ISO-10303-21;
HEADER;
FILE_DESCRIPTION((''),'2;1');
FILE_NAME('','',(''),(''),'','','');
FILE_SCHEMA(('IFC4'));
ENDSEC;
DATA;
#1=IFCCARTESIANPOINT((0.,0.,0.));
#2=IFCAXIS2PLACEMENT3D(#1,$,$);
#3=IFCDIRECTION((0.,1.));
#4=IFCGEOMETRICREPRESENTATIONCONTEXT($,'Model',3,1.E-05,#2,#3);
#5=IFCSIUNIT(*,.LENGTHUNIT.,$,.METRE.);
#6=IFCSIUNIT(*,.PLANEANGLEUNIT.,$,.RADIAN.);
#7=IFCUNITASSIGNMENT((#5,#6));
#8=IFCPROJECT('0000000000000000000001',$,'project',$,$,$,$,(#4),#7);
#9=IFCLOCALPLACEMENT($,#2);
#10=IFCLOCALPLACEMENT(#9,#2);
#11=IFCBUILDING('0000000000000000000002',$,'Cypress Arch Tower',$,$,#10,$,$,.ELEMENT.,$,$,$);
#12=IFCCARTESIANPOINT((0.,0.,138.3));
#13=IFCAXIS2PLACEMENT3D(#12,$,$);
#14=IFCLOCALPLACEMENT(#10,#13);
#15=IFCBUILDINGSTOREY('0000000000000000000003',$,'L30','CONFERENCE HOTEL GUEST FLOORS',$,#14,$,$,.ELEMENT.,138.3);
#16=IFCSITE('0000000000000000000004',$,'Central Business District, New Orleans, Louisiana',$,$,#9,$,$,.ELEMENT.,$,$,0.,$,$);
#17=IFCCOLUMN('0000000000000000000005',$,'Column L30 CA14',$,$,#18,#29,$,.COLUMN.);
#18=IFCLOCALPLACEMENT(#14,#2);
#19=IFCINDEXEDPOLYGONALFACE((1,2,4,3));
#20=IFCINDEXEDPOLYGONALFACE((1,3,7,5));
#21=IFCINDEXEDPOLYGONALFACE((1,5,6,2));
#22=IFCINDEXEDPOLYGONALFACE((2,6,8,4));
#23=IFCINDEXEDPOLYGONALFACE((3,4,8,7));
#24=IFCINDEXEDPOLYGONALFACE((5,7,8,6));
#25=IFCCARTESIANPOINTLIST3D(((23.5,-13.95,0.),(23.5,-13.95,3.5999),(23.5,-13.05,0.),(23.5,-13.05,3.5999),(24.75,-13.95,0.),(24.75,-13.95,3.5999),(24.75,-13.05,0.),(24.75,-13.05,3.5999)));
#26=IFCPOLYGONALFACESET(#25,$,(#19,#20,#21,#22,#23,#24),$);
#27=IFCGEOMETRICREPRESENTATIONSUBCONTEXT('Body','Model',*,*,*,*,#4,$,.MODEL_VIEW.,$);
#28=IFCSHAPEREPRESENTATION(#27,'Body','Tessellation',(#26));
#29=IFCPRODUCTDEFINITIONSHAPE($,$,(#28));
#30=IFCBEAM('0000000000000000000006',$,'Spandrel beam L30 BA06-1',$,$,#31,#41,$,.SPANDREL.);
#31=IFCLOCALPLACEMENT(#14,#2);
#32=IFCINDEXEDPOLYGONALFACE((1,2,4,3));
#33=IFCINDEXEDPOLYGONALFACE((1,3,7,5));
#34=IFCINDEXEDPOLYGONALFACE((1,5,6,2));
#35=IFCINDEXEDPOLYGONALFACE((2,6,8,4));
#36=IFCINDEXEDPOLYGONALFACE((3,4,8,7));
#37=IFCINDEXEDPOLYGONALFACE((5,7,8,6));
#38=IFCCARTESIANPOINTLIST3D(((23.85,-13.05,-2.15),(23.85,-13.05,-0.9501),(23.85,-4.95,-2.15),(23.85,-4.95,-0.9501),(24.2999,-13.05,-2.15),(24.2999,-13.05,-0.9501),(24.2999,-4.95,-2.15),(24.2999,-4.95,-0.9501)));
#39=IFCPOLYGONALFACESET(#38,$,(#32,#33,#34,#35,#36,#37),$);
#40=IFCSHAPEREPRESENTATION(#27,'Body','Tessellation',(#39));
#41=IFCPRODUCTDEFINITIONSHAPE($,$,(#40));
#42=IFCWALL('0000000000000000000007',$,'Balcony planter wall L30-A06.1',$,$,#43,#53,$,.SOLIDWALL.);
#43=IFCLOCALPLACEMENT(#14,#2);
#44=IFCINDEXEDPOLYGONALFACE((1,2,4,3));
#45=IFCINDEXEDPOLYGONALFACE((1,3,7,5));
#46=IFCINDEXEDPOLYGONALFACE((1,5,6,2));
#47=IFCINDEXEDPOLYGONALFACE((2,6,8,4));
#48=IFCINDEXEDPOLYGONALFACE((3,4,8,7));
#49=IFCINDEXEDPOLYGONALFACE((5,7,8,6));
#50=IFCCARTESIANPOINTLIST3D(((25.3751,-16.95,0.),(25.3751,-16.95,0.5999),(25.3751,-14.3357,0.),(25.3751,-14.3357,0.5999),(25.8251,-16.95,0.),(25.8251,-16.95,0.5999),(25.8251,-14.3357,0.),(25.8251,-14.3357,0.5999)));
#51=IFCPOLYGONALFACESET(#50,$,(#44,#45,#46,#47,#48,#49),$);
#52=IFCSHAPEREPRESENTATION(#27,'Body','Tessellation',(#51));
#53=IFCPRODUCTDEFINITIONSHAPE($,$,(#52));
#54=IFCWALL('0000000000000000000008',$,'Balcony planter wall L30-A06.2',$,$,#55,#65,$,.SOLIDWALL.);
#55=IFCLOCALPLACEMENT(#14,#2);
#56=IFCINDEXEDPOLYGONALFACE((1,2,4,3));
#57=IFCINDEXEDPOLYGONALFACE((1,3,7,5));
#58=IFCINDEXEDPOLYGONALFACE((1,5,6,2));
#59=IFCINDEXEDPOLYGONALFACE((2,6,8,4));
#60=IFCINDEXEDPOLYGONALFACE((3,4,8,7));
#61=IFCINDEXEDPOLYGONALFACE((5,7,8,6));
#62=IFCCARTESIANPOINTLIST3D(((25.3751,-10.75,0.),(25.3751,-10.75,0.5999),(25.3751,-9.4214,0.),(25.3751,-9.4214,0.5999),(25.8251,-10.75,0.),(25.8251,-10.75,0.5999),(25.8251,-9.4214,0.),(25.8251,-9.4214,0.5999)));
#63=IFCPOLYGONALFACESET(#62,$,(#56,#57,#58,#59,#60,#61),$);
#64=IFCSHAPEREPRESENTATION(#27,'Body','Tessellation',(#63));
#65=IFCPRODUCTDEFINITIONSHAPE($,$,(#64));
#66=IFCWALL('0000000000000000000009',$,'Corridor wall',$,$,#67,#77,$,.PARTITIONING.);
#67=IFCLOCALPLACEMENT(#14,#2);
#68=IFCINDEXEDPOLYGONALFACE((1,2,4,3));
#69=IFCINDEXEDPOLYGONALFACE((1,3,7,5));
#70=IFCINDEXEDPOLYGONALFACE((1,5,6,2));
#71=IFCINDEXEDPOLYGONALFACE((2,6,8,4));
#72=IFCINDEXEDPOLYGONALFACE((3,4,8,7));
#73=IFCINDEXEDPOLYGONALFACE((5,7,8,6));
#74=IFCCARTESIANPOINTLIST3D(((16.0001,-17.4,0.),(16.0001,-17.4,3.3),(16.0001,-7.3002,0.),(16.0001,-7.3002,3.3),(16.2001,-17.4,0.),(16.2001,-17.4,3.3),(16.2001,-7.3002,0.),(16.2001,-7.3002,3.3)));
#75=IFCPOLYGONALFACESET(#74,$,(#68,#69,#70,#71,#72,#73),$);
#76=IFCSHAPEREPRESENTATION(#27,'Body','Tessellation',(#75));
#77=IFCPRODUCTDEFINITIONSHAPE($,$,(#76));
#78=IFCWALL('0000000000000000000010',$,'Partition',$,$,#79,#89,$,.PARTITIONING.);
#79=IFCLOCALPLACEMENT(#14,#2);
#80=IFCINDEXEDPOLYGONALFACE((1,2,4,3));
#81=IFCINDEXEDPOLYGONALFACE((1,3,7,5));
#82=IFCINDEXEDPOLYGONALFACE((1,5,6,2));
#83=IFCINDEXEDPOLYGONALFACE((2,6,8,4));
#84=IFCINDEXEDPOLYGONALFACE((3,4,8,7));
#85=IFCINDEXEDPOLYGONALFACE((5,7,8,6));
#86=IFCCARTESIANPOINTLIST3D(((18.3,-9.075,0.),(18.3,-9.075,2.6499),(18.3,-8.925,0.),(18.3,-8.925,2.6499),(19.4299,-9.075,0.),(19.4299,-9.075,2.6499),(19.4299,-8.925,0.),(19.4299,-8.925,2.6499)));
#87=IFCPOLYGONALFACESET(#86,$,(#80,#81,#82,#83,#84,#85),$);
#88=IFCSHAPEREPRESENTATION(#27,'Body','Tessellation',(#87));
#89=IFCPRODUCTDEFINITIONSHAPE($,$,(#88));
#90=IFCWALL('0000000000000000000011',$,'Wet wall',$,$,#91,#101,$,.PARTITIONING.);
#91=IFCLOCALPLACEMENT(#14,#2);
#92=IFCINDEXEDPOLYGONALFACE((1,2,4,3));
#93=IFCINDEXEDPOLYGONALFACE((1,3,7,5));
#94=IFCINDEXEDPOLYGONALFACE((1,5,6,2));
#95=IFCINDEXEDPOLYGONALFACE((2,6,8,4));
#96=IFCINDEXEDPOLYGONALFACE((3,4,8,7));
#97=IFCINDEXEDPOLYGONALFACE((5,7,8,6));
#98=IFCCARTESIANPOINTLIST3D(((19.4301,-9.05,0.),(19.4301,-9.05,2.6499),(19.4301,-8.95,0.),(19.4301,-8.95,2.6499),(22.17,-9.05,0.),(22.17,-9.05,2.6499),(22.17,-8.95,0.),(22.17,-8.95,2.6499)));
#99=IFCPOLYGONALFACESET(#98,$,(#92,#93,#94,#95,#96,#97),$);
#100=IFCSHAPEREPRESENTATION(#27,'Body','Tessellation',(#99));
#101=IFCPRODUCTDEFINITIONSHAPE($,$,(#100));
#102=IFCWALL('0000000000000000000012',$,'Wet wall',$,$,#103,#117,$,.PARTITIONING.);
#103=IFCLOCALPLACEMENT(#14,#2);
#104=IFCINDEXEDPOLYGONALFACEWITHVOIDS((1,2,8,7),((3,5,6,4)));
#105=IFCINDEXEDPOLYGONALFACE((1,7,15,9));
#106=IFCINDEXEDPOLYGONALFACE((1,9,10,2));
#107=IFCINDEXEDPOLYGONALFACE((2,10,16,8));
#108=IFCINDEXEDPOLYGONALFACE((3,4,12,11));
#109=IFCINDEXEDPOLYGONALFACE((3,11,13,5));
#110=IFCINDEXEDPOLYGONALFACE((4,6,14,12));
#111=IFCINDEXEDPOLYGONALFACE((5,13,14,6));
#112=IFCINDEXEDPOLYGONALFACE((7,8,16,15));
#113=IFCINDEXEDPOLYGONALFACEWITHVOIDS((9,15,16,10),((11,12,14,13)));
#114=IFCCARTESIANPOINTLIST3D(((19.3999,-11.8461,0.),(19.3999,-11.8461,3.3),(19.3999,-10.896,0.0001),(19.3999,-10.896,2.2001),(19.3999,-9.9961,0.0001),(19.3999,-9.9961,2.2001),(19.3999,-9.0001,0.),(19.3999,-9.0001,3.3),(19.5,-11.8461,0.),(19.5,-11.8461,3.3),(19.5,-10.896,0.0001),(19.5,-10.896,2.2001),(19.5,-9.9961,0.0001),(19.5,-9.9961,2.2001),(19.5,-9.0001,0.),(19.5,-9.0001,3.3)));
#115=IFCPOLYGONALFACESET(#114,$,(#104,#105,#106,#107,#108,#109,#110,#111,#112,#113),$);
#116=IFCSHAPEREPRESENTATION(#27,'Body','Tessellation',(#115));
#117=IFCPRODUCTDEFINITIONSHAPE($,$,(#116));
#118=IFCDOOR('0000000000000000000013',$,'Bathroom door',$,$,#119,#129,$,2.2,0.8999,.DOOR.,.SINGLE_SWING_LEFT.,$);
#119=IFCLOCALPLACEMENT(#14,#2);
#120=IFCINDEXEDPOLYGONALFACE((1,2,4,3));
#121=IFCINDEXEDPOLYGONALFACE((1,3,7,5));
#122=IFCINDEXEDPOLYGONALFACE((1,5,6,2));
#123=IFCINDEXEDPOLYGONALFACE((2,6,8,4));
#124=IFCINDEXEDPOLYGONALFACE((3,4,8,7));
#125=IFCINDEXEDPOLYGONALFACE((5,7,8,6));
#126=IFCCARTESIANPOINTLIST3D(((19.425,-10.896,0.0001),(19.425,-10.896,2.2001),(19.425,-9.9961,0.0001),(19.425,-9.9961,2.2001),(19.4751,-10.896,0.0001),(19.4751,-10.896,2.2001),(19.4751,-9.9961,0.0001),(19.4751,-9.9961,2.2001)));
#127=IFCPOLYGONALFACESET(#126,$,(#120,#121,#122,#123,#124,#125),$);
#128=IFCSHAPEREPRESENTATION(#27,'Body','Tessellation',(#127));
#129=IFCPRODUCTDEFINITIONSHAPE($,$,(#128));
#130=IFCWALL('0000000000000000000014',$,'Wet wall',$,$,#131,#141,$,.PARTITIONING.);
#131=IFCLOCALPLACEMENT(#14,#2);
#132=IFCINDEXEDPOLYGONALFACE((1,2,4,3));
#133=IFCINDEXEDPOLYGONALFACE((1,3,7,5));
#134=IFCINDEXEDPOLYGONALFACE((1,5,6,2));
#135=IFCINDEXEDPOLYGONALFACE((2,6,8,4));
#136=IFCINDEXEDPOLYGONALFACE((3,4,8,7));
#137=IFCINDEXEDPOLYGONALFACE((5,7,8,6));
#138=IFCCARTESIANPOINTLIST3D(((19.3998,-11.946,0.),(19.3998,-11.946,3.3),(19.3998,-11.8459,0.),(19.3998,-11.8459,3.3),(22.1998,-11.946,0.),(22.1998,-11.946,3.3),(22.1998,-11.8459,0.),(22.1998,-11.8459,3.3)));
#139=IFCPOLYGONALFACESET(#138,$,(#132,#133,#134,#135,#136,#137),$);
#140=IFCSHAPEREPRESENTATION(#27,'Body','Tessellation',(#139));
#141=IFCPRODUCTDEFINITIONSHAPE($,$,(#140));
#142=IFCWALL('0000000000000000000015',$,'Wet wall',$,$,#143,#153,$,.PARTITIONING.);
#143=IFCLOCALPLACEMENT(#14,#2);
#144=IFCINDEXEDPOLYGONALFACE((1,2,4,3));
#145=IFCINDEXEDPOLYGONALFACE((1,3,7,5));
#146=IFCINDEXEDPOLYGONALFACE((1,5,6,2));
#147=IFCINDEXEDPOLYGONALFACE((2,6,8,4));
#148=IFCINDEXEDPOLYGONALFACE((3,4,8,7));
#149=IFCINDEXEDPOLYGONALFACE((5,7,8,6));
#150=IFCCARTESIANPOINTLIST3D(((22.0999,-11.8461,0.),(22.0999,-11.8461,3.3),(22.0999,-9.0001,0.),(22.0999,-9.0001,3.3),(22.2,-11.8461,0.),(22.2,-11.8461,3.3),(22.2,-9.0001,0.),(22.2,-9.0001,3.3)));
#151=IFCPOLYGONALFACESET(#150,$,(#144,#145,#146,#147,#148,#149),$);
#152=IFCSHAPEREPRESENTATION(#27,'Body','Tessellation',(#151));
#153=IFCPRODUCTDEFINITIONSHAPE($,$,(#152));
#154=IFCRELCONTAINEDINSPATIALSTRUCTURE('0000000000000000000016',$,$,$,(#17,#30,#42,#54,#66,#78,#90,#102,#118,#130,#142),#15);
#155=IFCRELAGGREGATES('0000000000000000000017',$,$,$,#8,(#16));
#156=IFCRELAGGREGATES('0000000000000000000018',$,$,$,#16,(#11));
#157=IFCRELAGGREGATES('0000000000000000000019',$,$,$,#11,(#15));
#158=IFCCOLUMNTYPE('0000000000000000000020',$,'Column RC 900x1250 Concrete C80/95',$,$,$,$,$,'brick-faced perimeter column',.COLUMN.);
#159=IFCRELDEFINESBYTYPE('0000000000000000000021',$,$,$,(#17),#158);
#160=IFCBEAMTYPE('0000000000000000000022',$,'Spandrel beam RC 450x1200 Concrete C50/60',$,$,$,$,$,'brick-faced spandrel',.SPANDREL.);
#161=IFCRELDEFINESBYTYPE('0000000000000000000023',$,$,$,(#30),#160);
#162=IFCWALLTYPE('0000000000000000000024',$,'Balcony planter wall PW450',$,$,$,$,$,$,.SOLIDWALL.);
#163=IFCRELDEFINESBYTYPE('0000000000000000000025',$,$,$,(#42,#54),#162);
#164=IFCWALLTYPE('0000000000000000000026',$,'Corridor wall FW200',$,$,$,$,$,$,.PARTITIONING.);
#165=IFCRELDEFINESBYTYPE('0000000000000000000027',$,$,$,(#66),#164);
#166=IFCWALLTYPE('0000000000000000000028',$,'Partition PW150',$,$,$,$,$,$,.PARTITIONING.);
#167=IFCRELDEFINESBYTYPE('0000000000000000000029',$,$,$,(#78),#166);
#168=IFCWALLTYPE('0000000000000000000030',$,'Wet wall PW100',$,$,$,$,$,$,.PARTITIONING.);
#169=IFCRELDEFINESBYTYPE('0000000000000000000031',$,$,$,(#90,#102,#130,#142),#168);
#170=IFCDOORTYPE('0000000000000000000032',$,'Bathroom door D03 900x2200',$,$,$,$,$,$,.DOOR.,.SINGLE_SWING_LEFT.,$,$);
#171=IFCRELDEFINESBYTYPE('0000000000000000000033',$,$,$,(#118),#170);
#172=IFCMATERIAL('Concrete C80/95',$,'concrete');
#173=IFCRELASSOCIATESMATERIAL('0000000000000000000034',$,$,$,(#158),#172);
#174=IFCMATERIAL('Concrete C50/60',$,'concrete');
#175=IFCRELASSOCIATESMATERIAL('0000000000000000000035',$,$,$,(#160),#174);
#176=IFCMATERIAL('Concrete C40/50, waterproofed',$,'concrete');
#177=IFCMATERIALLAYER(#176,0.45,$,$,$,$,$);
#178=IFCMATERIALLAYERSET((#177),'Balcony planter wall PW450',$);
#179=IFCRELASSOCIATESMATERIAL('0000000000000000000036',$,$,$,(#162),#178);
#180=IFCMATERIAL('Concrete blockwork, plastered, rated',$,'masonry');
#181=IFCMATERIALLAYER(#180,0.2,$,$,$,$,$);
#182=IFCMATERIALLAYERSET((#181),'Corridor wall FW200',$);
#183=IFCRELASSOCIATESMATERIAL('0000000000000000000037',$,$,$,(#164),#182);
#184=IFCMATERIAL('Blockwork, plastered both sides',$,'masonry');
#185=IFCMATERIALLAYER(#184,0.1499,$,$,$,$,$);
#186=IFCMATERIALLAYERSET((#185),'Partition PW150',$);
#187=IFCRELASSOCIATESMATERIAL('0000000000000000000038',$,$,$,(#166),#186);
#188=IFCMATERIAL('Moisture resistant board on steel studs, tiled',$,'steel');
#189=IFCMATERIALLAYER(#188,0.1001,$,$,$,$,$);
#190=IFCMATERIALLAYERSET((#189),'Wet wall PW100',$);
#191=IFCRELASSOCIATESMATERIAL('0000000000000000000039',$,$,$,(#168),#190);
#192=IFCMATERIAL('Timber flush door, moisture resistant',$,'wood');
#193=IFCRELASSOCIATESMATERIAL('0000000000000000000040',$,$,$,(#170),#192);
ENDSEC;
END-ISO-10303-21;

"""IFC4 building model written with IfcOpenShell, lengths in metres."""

from ifc_helpers import new_model, si_unit, direction, frame, frame_2d, origin, origin_2d, place, context, subcontext, project, spatial, rectangle, extrude, material, layer, layer_set, material_profile, profile_set, type_object, element, fill, save


model = new_model("IFC4")

# Units and contexts
model_context = context("Model", 3, precision=1e-05, world=origin(), true_north=direction((0.0, 1.0)))
body_context = subcontext(model_context, "Body", "Model", "MODEL_VIEW")
ifc_project = project(units=[si_unit("LENGTHUNIT", "METRE"), si_unit("PLANEANGLEUNIT", "RADIAN")], contexts=[model_context])

# Site, building, storey
site_placement = place(None, origin())
site = spatial("IfcSite", under=ifc_project, at=site_placement, Name="Central Business District, New Orleans, Louisiana", CompositionType="ELEMENT", RefElevation=0.0)
building_placement = place(site_placement, origin())
building = spatial("IfcBuilding", under=site, at=building_placement, Name="Cypress Arch Tower", CompositionType="ELEMENT")
storey_placement = place(building_placement, frame((0.0, 0.0, 138.3)))
storey = spatial("IfcBuildingStorey", under=building, at=storey_placement, Name="L30", Description="CONFERENCE HOTEL GUEST FLOORS", CompositionType="ELEMENT", Elevation=138.3)

# Column
ifc_material_1 = material(Name="Concrete C80/95", Category="concrete")
ifc_material_profile_1 = material_profile(ifc_material_1, rectangle(XDim=0.8999, YDim=1.25, at=origin_2d()), Name="RC 900x1250")
ifc_profile_set_1 = profile_set([ifc_material_profile_1], Name="Concrete C80/95")
column_type = type_object("IfcColumnType", Name="Column RC 900x1250 Concrete C80/95", ElementType="brick-faced perimeter column", PredefinedType="COLUMN", material=ifc_profile_set_1)
column_placement = place(storey_placement, frame((24.125, -13.5, 0.0), z_axis=(0.0, 0.0, 1.0), x_axis=(0.0, 1.0, 0.0)))
element("IfcColumn", 1, at=column_placement, inside=storey, type_object=column_type, Name="Column L30 CA14", PredefinedType="COLUMN", context=body_context, shape_type="SweptSolid", body=[
    extrude(rectangle(XDim=0.8999, YDim=1.25, at=origin_2d()), origin(), (0.0, 0.0, 1.0), 3.5999),
])

# Beam
ifc_material_2 = material(Name="Concrete C50/60", Category="concrete")
ifc_material_profile_2 = material_profile(ifc_material_2, rectangle(XDim=0.45, YDim=1.2, at=origin_2d()), Name="RC 450x1200")
ifc_profile_set_2 = profile_set([ifc_material_profile_2], Name="Concrete C50/60")
beam_type = type_object("IfcBeamType", Name="Spandrel beam RC 450x1200 Concrete C50/60", ElementType="brick-faced spandrel", PredefinedType="SPANDREL", material=ifc_profile_set_2)
beam_placement = place(storey_placement, frame((24.075, -13.05, -1.55), z_axis=(0.0, 1.0, 0.0), x_axis=(-1.0, 0.0, 0.0)))
element("IfcBeam", 2, at=beam_placement, inside=storey, type_object=beam_type, Name="Spandrel beam L30 BA06-1", PredefinedType="SPANDREL", context=body_context, shape_type="SweptSolid", body=[
    extrude(rectangle(XDim=0.45, YDim=1.2, at=origin_2d()), origin(), (0.0, 0.0, 1.0), 8.1001),
])

# Walls
ifc_material_3 = material(Name="Concrete C40/50, waterproofed", Category="concrete")
ifc_layer_1 = layer(ifc_material_3, 0.45)
ifc_layer_set_1 = layer_set([ifc_layer_1], Name="Balcony planter wall PW450")
wall_type_1 = type_object("IfcWallType", Name="Balcony planter wall PW450", PredefinedType="SOLIDWALL", material=ifc_layer_set_1)
wall_1_placement = place(storey_placement, frame((25.6001, -16.95, 0.0), z_axis=(0.0, 0.0, 1.0), x_axis=(0.0, 1.0, 0.0)))
element("IfcWall", 3, at=wall_1_placement, inside=storey, type_object=wall_type_1, Name="Balcony planter wall L30-A06.1", PredefinedType="SOLIDWALL", context=body_context, shape_type="SweptSolid", body=[
    extrude(rectangle(XDim=2.6143, YDim=0.45, at=frame_2d((1.3071, 0.0))), origin(), (0.0, 0.0, 1.0), 0.5999),
])
wall_2_placement = place(storey_placement, frame((25.6001, -10.75, 0.0), z_axis=(0.0, 0.0, 1.0), x_axis=(0.0, 1.0, 0.0)))
element("IfcWall", 4, at=wall_2_placement, inside=storey, type_object=wall_type_1, Name="Balcony planter wall L30-A06.2", PredefinedType="SOLIDWALL", context=body_context, shape_type="SweptSolid", body=[
    extrude(rectangle(XDim=1.3286, YDim=0.45, at=frame_2d((0.6643, 0.0))), origin(), (0.0, 0.0, 1.0), 0.5999),
])

# Walls
ifc_material_4 = material(Name="Concrete blockwork, plastered, rated", Category="masonry")
ifc_layer_2 = layer(ifc_material_4, 0.2)
ifc_layer_set_2 = layer_set([ifc_layer_2], Name="Corridor wall FW200")
wall_type_2 = type_object("IfcWallType", Name="Corridor wall FW200", PredefinedType="PARTITIONING", material=ifc_layer_set_2)
wall_3_placement = place(storey_placement, frame((16.1001, -17.3999, 0.0), z_axis=(0.0, 0.0, 1.0), x_axis=(0.0, 1.0, 0.0)))
element("IfcWall", 5, at=wall_3_placement, inside=storey, type_object=wall_type_2, Name="Corridor wall", PredefinedType="PARTITIONING", context=body_context, shape_type="SweptSolid", body=[
    extrude(rectangle(XDim=10.0999, YDim=0.2, at=frame_2d((5.0498, 0.0))), origin(), (0.0, 0.0, 1.0), 3.3),
])
ifc_material_5 = material(Name="Blockwork, plastered both sides", Category="masonry")
ifc_layer_3 = layer(ifc_material_5, 0.1499)
ifc_layer_set_3 = layer_set([ifc_layer_3], Name="Partition PW150")
wall_type_3 = type_object("IfcWallType", Name="Partition PW150", PredefinedType="PARTITIONING", material=ifc_layer_set_3)
wall_4_placement = place(storey_placement, frame((18.3, -9.0, 0.0), z_axis=(0.0, 0.0, 1.0), x_axis=(1.0, 0.0, 0.0)))
element("IfcWall", 6, at=wall_4_placement, inside=storey, type_object=wall_type_3, Name="Partition", PredefinedType="PARTITIONING", context=body_context, shape_type="SweptSolid", body=[
    extrude(rectangle(XDim=1.1299, YDim=0.1499, at=frame_2d((0.5649, 0.0))), origin(), (0.0, 0.0, 1.0), 2.6499),
])
ifc_material_6 = material(Name="Moisture resistant board on steel studs, tiled", Category="steel")
ifc_layer_4 = layer(ifc_material_6, 0.1001)
ifc_layer_set_4 = layer_set([ifc_layer_4], Name="Wet wall PW100")
wall_type_4 = type_object("IfcWallType", Name="Wet wall PW100", PredefinedType="PARTITIONING", material=ifc_layer_set_4)
wall_5_placement = place(storey_placement, frame((19.4299, -9.0, 0.0), z_axis=(0.0, 0.0, 1.0), x_axis=(1.0, 0.0, 0.0)))
element("IfcWall", 7, at=wall_5_placement, inside=storey, type_object=wall_type_4, Name="Wet wall", PredefinedType="PARTITIONING", context=body_context, shape_type="SweptSolid", body=[
    extrude(rectangle(XDim=2.74, YDim=0.1001, at=frame_2d((1.3701, 0.0))), origin(), (0.0, 0.0, 1.0), 2.6499),
])

# Wall, opening, door
wall_6_placement = place(storey_placement, frame((19.45, -11.8459, 0.0), z_axis=(0.0, 0.0, 1.0), x_axis=(0.0, 1.0, 0.0)))
wall_6 = element("IfcWall", 8, at=wall_6_placement, inside=storey, type_object=wall_type_4, Name="Wet wall", PredefinedType="PARTITIONING", context=body_context, shape_type="SweptSolid", body=[
    extrude(rectangle(XDim=2.8459, YDim=0.1001, at=frame_2d((1.4229, 0.0))), origin(), (0.0, 0.0, 1.0), 3.3),
])
opening_1_placement = place(wall_6_placement, frame((0.95, 0.0, 0.0)))
opening_1 = element("IfcOpeningElement", 9, at=opening_1_placement, cuts=wall_6, PredefinedType="OPENING", context=body_context, shape_type="SweptSolid", body=[
    extrude(rectangle(XDim=0.8999, YDim=2.2, at=frame_2d((0.45, 1.1001))), frame((0.0, 0.0601, 0.0), z_axis=(0.0, -1.0, 0.0), x_axis=(1.0, 0.0, 0.0)), (0.0, 0.0, 1.0), 0.1201),
])
ifc_material_7 = material(Name="Timber flush door, moisture resistant", Category="wood")
door_type_1 = type_object("IfcDoorType", Name="Bathroom door D03 900x2200", OperationType="SINGLE_SWING_LEFT", PredefinedType="DOOR", material=ifc_material_7)
door_1_placement = place(opening_1_placement, origin())
door_1 = element("IfcDoor", 10, at=door_1_placement, inside=storey, type_object=door_type_1, Name="Bathroom door", OperationType="SINGLE_SWING_LEFT", OverallHeight=2.2, OverallWidth=0.8999, PredefinedType="DOOR", context=body_context, shape_type="SweptSolid", body=[
    extrude(rectangle(XDim=0.8999, YDim=2.2, at=frame_2d((0.45, 1.1001))), frame((0.0, 0.0249, 0.0), z_axis=(0.0, -1.0, 0.0), x_axis=(1.0, 0.0, 0.0)), (0.0, 0.0, 1.0), 0.05),
])
fill(opening_1, door_1)

# Walls
wall_7_placement = place(storey_placement, frame((19.3999, -11.896, 0.0), z_axis=(0.0, 0.0, 1.0), x_axis=(1.0, 0.0, 0.0)))
element("IfcWall", 11, at=wall_7_placement, inside=storey, type_object=wall_type_4, Name="Wet wall", PredefinedType="PARTITIONING", context=body_context, shape_type="SweptSolid", body=[
    extrude(rectangle(XDim=2.8, YDim=0.1001, at=frame_2d((1.3999, 0.0))), origin(), (0.0, 0.0, 1.0), 3.3),
])
wall_8_placement = place(storey_placement, frame((22.1499, -11.8459, 0.0), z_axis=(0.0, 0.0, 1.0), x_axis=(0.0, 1.0, 0.0)))
element("IfcWall", 12, at=wall_8_placement, inside=storey, type_object=wall_type_4, Name="Wet wall", PredefinedType="PARTITIONING", context=body_context, shape_type="SweptSolid", body=[
    extrude(rectangle(XDim=2.8459, YDim=0.1001, at=frame_2d((1.4229, 0.0))), origin(), (0.0, 0.0, 1.0), 3.3),
])

save(model, "model.ifc")
